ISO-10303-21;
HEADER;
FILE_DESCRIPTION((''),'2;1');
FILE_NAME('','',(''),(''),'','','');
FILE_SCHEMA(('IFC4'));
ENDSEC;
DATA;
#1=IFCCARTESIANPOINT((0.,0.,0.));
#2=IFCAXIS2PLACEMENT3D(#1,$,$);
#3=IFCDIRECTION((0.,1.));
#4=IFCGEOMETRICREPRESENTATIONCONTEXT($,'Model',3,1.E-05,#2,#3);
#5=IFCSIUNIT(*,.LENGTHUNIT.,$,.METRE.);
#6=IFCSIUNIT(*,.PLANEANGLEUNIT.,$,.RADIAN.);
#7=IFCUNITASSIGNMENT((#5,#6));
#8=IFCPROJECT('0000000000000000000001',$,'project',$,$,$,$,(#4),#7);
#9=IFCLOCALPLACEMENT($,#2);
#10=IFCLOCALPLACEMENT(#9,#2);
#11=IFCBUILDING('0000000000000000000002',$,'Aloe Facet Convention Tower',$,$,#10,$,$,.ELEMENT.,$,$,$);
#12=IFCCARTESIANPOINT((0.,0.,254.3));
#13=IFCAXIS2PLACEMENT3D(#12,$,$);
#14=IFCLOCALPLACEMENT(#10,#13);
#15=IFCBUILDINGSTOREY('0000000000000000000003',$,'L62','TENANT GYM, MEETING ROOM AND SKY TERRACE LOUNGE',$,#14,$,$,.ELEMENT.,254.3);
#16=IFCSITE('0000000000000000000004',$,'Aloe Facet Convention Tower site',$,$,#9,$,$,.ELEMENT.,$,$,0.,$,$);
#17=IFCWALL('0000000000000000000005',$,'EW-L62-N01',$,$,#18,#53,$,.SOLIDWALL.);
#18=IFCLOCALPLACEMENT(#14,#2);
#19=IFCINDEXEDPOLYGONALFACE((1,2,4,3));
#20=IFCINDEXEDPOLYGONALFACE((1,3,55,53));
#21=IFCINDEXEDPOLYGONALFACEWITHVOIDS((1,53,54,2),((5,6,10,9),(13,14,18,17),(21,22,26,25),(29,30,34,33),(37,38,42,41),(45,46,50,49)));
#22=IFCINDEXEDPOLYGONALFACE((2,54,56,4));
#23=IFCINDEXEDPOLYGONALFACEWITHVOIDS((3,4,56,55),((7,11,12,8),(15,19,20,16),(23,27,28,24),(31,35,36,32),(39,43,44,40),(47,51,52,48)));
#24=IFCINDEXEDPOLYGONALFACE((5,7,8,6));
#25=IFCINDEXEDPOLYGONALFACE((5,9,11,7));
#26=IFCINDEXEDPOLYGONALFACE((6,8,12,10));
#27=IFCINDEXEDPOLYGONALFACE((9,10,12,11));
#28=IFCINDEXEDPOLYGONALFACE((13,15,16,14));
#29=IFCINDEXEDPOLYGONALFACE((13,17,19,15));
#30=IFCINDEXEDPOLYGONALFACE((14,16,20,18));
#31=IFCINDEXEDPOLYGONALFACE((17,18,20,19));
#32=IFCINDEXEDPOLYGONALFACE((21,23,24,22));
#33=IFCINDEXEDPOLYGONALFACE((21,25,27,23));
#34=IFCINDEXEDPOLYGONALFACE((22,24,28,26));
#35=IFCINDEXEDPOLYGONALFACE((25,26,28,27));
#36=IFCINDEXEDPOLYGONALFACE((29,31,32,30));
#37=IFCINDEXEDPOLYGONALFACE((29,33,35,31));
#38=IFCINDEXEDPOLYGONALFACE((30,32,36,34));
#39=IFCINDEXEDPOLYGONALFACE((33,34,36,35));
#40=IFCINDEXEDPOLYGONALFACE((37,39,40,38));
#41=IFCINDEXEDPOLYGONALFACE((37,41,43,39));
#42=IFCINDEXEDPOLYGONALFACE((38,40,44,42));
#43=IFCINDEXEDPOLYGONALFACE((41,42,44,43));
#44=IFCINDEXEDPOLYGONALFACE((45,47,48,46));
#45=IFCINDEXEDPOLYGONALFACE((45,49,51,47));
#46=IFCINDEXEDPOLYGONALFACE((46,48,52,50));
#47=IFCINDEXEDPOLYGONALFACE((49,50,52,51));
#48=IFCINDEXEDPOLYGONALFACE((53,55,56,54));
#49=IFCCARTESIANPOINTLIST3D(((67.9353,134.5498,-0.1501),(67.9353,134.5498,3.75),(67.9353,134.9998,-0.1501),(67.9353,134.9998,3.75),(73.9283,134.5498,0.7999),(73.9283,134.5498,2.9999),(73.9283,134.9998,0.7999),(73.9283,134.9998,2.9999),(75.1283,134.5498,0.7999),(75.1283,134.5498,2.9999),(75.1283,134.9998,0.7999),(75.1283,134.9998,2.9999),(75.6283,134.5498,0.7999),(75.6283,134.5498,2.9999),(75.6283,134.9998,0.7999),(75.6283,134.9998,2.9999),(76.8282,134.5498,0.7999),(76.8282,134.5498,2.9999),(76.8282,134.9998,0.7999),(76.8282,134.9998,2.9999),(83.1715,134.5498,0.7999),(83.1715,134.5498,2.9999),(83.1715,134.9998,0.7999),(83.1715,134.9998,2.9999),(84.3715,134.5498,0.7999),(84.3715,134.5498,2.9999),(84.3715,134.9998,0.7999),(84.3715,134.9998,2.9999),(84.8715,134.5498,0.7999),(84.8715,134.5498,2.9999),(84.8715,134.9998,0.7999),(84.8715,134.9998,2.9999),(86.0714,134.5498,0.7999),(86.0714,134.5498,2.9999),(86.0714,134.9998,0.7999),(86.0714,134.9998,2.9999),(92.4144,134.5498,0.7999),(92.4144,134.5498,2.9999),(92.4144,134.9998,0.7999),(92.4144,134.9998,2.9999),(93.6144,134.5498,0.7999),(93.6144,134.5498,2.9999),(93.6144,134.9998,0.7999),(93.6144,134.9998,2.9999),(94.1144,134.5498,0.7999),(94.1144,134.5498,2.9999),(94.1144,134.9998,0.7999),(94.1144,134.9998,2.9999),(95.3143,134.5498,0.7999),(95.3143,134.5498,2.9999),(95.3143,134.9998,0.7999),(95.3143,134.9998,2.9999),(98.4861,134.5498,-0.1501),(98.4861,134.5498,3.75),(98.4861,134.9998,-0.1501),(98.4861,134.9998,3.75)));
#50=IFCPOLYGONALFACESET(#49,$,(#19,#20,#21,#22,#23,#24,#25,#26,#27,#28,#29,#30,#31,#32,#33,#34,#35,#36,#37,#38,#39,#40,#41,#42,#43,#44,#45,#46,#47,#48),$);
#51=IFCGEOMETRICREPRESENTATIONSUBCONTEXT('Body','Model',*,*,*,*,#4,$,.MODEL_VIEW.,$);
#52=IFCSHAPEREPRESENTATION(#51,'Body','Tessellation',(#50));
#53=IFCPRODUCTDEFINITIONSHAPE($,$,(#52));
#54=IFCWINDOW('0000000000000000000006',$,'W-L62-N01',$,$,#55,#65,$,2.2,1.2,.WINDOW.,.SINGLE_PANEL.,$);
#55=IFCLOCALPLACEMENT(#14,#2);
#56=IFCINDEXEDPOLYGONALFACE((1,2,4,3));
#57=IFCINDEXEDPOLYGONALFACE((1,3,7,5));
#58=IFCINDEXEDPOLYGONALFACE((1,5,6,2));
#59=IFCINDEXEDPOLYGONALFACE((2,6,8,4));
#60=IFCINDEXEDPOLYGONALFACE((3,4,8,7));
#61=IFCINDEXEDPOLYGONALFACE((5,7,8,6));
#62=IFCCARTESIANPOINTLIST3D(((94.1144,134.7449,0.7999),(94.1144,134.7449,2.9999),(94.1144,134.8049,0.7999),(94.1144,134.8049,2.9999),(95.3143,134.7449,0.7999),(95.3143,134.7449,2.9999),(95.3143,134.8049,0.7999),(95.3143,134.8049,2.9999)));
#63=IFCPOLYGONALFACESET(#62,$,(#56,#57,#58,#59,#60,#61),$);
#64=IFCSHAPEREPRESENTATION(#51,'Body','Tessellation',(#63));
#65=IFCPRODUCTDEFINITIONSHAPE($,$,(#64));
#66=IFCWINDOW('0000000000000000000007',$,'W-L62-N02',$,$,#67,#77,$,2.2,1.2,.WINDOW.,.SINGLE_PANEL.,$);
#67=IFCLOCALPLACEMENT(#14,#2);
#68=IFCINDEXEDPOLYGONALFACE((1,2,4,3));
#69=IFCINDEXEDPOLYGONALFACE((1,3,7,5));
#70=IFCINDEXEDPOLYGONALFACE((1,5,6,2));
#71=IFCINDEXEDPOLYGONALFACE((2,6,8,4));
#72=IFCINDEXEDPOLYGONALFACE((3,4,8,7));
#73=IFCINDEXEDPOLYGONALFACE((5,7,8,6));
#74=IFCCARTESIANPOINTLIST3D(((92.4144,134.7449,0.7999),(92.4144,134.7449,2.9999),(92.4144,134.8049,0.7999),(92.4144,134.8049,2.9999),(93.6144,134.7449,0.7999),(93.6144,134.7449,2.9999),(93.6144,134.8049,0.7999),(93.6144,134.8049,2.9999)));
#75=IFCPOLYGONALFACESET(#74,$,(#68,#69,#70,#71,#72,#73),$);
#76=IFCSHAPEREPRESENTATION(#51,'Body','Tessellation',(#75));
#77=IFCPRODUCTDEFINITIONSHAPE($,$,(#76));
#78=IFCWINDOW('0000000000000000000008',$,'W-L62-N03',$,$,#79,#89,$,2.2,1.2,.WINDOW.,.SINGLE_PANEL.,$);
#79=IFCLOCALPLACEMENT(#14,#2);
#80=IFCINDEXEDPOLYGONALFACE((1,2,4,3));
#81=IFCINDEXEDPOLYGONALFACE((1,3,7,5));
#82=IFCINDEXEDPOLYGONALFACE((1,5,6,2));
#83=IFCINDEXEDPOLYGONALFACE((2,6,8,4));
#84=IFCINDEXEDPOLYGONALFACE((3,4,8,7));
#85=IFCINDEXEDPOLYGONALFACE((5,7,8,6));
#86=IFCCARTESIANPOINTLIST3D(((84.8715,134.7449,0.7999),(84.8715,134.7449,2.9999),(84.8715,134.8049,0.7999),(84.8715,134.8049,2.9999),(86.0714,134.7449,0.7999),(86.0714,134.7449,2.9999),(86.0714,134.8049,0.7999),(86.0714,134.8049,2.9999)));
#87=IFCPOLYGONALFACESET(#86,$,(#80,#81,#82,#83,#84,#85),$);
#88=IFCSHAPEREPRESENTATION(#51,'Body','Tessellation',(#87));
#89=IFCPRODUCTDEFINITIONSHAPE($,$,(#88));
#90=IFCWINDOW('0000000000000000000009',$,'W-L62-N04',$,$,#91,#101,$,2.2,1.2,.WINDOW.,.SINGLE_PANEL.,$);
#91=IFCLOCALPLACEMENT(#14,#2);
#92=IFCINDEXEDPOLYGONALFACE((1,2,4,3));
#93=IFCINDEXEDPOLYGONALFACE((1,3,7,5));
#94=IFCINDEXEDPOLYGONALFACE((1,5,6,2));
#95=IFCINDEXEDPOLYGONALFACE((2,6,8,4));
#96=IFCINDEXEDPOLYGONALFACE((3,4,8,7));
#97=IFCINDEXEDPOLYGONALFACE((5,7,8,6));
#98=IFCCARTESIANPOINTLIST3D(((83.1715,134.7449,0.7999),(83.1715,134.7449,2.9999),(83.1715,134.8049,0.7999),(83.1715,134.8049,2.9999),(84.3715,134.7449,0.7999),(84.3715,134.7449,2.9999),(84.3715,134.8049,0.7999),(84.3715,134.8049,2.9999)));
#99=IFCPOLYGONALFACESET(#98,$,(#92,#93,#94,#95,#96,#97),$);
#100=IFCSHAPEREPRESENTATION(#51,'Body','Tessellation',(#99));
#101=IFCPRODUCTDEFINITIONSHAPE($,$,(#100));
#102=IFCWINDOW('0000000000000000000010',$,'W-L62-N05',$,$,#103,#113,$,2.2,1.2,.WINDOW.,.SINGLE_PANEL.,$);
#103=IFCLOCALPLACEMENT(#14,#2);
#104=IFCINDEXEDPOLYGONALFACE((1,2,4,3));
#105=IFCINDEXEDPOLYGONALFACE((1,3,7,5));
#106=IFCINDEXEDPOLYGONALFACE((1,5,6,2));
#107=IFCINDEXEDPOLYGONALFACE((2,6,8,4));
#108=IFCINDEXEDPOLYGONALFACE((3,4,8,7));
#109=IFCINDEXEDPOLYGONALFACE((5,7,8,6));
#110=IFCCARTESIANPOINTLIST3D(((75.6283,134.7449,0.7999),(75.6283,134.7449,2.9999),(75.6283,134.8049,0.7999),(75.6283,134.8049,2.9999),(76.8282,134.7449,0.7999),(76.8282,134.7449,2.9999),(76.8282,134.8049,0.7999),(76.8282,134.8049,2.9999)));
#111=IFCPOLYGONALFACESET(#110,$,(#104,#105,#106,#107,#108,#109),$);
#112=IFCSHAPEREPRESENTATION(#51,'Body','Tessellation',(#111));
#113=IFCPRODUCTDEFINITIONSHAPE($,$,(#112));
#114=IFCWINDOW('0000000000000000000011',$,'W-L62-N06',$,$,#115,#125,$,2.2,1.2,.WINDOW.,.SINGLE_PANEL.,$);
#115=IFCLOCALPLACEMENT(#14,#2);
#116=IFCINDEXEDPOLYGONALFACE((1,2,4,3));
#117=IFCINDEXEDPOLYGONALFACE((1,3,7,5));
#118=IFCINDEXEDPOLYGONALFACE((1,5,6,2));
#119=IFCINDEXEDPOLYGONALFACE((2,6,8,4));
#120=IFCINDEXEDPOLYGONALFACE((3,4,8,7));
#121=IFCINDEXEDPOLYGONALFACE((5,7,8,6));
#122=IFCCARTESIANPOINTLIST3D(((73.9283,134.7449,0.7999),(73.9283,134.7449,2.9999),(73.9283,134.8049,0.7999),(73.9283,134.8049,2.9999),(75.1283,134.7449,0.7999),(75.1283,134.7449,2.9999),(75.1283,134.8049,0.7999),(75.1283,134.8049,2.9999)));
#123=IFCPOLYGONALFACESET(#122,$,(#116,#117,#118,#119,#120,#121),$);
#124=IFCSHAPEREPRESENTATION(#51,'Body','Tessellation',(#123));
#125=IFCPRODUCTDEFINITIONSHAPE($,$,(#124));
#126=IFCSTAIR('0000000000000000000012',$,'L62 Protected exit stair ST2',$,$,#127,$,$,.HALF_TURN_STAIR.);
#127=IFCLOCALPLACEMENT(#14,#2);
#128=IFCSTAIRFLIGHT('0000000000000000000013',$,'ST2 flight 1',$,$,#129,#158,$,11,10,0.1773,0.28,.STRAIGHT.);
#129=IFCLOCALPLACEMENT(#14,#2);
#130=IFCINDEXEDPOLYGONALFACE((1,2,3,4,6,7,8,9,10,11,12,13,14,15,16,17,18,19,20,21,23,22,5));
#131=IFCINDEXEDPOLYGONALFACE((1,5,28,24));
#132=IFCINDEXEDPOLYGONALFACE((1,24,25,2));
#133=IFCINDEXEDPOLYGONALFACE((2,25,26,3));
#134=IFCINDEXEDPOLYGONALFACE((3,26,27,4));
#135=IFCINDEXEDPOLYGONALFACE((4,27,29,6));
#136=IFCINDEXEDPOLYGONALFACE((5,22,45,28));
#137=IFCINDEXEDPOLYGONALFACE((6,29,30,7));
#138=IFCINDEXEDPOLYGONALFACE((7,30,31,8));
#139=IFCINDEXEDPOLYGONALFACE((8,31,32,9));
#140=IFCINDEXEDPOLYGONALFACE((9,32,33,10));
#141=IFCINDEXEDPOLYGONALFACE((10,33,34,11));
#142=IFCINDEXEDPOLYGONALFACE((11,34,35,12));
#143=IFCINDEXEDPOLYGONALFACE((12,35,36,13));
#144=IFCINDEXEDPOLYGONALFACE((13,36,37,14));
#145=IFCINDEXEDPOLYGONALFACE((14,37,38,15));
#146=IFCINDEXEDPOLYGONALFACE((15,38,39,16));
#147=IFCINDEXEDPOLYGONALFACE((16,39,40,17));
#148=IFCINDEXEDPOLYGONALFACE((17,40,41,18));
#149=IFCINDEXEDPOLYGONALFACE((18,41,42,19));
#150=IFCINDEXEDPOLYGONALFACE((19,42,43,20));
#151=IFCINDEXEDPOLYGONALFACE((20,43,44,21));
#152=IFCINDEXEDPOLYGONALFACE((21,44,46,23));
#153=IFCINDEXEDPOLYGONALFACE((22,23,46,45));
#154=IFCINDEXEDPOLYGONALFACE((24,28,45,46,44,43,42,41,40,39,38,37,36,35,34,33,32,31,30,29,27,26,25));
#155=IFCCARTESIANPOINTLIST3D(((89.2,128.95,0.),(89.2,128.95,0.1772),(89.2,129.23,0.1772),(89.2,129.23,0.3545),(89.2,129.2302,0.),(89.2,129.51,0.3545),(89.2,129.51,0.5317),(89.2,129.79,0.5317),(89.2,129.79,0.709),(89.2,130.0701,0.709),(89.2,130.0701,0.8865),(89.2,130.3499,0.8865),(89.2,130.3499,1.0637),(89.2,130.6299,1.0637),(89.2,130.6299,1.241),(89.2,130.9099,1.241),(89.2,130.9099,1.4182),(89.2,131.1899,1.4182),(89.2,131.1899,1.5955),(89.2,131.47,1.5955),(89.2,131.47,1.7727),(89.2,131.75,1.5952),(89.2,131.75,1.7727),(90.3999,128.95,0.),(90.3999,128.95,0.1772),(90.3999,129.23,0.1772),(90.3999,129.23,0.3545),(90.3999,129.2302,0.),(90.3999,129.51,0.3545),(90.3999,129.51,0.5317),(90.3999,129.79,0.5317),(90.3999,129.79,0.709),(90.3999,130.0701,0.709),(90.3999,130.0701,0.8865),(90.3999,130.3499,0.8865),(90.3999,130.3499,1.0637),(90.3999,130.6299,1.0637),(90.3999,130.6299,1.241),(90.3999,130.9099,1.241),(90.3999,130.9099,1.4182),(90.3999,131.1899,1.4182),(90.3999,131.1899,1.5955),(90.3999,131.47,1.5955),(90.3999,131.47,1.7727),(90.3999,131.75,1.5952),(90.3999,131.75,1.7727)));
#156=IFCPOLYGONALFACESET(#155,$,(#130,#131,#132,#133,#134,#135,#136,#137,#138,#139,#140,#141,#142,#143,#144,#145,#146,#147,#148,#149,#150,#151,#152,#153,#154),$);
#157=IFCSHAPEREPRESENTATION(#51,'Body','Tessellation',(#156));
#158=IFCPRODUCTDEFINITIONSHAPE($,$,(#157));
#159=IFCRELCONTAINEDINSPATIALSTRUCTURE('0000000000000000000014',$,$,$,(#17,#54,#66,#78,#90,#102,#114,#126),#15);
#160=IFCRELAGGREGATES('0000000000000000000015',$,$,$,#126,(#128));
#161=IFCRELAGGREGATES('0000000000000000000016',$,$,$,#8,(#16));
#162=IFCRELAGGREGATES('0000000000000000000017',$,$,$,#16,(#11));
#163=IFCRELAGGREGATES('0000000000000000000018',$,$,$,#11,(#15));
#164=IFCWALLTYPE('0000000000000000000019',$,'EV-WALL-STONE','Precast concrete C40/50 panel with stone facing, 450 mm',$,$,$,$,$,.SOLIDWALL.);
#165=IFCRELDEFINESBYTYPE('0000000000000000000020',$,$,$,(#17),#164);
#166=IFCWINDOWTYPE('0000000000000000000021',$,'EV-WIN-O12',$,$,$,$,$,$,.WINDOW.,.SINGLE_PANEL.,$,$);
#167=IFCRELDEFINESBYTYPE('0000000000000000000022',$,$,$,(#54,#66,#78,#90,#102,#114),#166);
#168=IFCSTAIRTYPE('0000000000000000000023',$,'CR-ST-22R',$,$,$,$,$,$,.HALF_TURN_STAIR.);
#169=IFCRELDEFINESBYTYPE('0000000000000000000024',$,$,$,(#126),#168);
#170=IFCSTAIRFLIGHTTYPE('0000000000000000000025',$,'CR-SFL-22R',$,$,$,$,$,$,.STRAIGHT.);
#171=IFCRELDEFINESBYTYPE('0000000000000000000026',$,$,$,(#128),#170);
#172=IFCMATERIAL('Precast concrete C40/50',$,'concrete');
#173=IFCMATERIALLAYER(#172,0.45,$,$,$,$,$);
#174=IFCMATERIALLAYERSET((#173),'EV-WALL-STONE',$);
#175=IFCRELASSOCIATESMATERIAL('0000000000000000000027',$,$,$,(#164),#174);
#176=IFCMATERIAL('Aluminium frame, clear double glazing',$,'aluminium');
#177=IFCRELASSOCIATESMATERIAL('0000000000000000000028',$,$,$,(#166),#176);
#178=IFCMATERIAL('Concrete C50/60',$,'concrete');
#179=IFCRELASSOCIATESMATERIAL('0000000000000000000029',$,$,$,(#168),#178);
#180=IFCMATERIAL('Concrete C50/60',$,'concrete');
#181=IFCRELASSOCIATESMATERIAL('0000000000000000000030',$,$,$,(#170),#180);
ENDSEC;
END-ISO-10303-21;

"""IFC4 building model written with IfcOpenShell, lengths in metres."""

from ifc_helpers import new_model, si_unit, direction, frame, frame_2d, origin, place, context, subcontext, project, spatial, polyline, rectangle, outline, extrude, material, layer, layer_set, type_object, element, fill, aggregate, save


model = new_model("IFC4")

# Units and contexts
model_context = context("Model", 3, precision=1e-05, world=origin(), true_north=direction((0.0, 1.0)))
body_context = subcontext(model_context, "Body", "Model", "MODEL_VIEW")
ifc_project = project(units=[si_unit("LENGTHUNIT", "METRE"), si_unit("PLANEANGLEUNIT", "RADIAN")], contexts=[model_context])

# Site, building, storey
site_placement = place(None, origin())
site = spatial("IfcSite", under=ifc_project, at=site_placement, Name="Aloe Facet Convention Tower site", CompositionType="ELEMENT", RefElevation=0.0)
building_placement = place(site_placement, origin())
building = spatial("IfcBuilding", under=site, at=building_placement, Name="Aloe Facet Convention Tower", CompositionType="ELEMENT")
storey_placement = place(building_placement, frame((0.0, 0.0, 254.3)))
storey = spatial("IfcBuildingStorey", under=building, at=storey_placement, Name="L62", Description="TENANT GYM, MEETING ROOM AND SKY TERRACE LOUNGE", CompositionType="ELEMENT", Elevation=254.3)

# Wall, openings, windows
ifc_material_1 = material(Name="Precast concrete C40/50", Category="concrete")
ifc_layer_1 = layer(ifc_material_1, 0.45)
ifc_layer_set_1 = layer_set([ifc_layer_1], Name="EV-WALL-STONE")
wall_type_1 = type_object("IfcWallType", Name="EV-WALL-STONE", Description="Precast concrete C40/50 panel with stone facing, 450 mm", PredefinedType="SOLIDWALL", material=ifc_layer_set_1)
wall_1_placement = place(storey_placement, frame((98.4861, 134.7749, -0.1501), z_axis=(0.0, 0.0, 1.0), x_axis=(-1.0, 0.0, 0.0)))
wall_1 = element("IfcWall", 1, at=wall_1_placement, inside=storey, type_object=wall_type_1, Name="EW-L62-N01", PredefinedType="SOLIDWALL", context=body_context, shape_type="SweptSolid", body=[
    extrude(outline(polyline([(0.0, 0.0), (0.0, 3.9001), (30.5508, 3.9001), (30.5508, 0.0), (0.0, 0.0)])), frame((0.0, 0.2251, 0.0), z_axis=(0.0, -1.0, 0.0), x_axis=(1.0, 0.0, 0.0)), (0.0, 0.0, 1.0), 0.45),
])
opening_1_placement = place(wall_1_placement, frame((3.1716, 0.0, 0.95)))
opening_1 = element("IfcOpeningElement", 2, at=opening_1_placement, cuts=wall_1, PredefinedType="OPENING", context=body_context, shape_type="SweptSolid", body=[
    extrude(rectangle(XDim=1.2, YDim=2.2, at=frame_2d((0.6001, 1.1001))), frame((0.0, 0.2349, 0.0), z_axis=(0.0, -1.0, 0.0), x_axis=(1.0, 0.0, 0.0)), (0.0, 0.0, 1.0), 0.47),
])
opening_2_placement = place(wall_1_placement, frame((4.8716, 0.0, 0.95)))
opening_2 = element("IfcOpeningElement", 3, at=opening_2_placement, cuts=wall_1, PredefinedType="OPENING", context=body_context, shape_type="SweptSolid", body=[
    extrude(rectangle(XDim=1.2, YDim=2.2, at=frame_2d((0.6001, 1.1001))), frame((0.0, 0.2349, 0.0), z_axis=(0.0, -1.0, 0.0), x_axis=(1.0, 0.0, 0.0)), (0.0, 0.0, 1.0), 0.47),
])
opening_3_placement = place(wall_1_placement, frame((12.4146, 0.0, 0.95)))
opening_3 = element("IfcOpeningElement", 4, at=opening_3_placement, cuts=wall_1, PredefinedType="OPENING", context=body_context, shape_type="SweptSolid", body=[
    extrude(rectangle(XDim=1.2, YDim=2.2, at=frame_2d((0.6001, 1.1001))), frame((0.0, 0.2349, 0.0), z_axis=(0.0, -1.0, 0.0), x_axis=(1.0, 0.0, 0.0)), (0.0, 0.0, 1.0), 0.47),
])
opening_4_placement = place(wall_1_placement, frame((14.1145, 0.0, 0.95)))
opening_4 = element("IfcOpeningElement", 5, at=opening_4_placement, cuts=wall_1, PredefinedType="OPENING", context=body_context, shape_type="SweptSolid", body=[
    extrude(rectangle(XDim=1.2, YDim=2.2, at=frame_2d((0.6001, 1.1001))), frame((0.0, 0.2349, 0.0), z_axis=(0.0, -1.0, 0.0), x_axis=(1.0, 0.0, 0.0)), (0.0, 0.0, 1.0), 0.47),
])
opening_5_placement = place(wall_1_placement, frame((21.6577, 0.0, 0.95)))
opening_5 = element("IfcOpeningElement", 6, at=opening_5_placement, cuts=wall_1, PredefinedType="OPENING", context=body_context, shape_type="SweptSolid", body=[
    extrude(rectangle(XDim=1.2, YDim=2.2, at=frame_2d((0.6001, 1.1001))), frame((0.0, 0.2349, 0.0), z_axis=(0.0, -1.0, 0.0), x_axis=(1.0, 0.0, 0.0)), (0.0, 0.0, 1.0), 0.47),
])
opening_6_placement = place(wall_1_placement, frame((23.3577, 0.0, 0.95)))
opening_6 = element("IfcOpeningElement", 7, at=opening_6_placement, cuts=wall_1, PredefinedType="OPENING", context=body_context, shape_type="SweptSolid", body=[
    extrude(rectangle(XDim=1.2, YDim=2.2, at=frame_2d((0.6001, 1.1001))), frame((0.0, 0.2349, 0.0), z_axis=(0.0, -1.0, 0.0), x_axis=(1.0, 0.0, 0.0)), (0.0, 0.0, 1.0), 0.47),
])
ifc_material_2 = material(Name="Aluminium frame, clear double glazing", Category="aluminium")
window_type = type_object("IfcWindowType", Name="EV-WIN-O12", PartitioningType="SINGLE_PANEL", PredefinedType="WINDOW", material=ifc_material_2)
window_1_placement = place(opening_1_placement, origin())
window_1 = element("IfcWindow", 8, at=window_1_placement, inside=storey, type_object=window_type, Name="W-L62-N01", OverallHeight=2.2, OverallWidth=1.2, PartitioningType="SINGLE_PANEL", PredefinedType="WINDOW", context=body_context, shape_type="SweptSolid", body=[
    extrude(rectangle(XDim=1.2, YDim=2.2, at=frame_2d((0.6001, 1.1001))), frame((0.0, 0.03, 0.0), z_axis=(0.0, -1.0, 0.0), x_axis=(1.0, 0.0, 0.0)), (0.0, 0.0, 1.0), 0.0601),
])
fill(opening_1, window_1)
window_2_placement = place(opening_2_placement, origin())
window_2 = element("IfcWindow", 9, at=window_2_placement, inside=storey, type_object=window_type, Name="W-L62-N02", OverallHeight=2.2, OverallWidth=1.2, PartitioningType="SINGLE_PANEL", PredefinedType="WINDOW", context=body_context, shape_type="SweptSolid", body=[
    extrude(rectangle(XDim=1.2, YDim=2.2, at=frame_2d((0.6001, 1.1001))), frame((0.0, 0.03, 0.0), z_axis=(0.0, -1.0, 0.0), x_axis=(1.0, 0.0, 0.0)), (0.0, 0.0, 1.0), 0.0601),
])
fill(opening_2, window_2)
window_3_placement = place(opening_3_placement, origin())
window_3 = element("IfcWindow", 10, at=window_3_placement, inside=storey, type_object=window_type, Name="W-L62-N03", OverallHeight=2.2, OverallWidth=1.2, PartitioningType="SINGLE_PANEL", PredefinedType="WINDOW", context=body_context, shape_type="SweptSolid", body=[
    extrude(rectangle(XDim=1.2, YDim=2.2, at=frame_2d((0.6001, 1.1001))), frame((0.0, 0.03, 0.0), z_axis=(0.0, -1.0, 0.0), x_axis=(1.0, 0.0, 0.0)), (0.0, 0.0, 1.0), 0.0601),
])
fill(opening_3, window_3)
window_4_placement = place(opening_4_placement, origin())
window_4 = element("IfcWindow", 11, at=window_4_placement, inside=storey, type_object=window_type, Name="W-L62-N04", OverallHeight=2.2, OverallWidth=1.2, PartitioningType="SINGLE_PANEL", PredefinedType="WINDOW", context=body_context, shape_type="SweptSolid", body=[
    extrude(rectangle(XDim=1.2, YDim=2.2, at=frame_2d((0.6001, 1.1001))), frame((0.0, 0.03, 0.0), z_axis=(0.0, -1.0, 0.0), x_axis=(1.0, 0.0, 0.0)), (0.0, 0.0, 1.0), 0.0601),
])
fill(opening_4, window_4)
window_5_placement = place(opening_5_placement, origin())
window_5 = element("IfcWindow", 12, at=window_5_placement, inside=storey, type_object=window_type, Name="W-L62-N05", OverallHeight=2.2, OverallWidth=1.2, PartitioningType="SINGLE_PANEL", PredefinedType="WINDOW", context=body_context, shape_type="SweptSolid", body=[
    extrude(rectangle(XDim=1.2, YDim=2.2, at=frame_2d((0.6001, 1.1001))), frame((0.0, 0.03, 0.0), z_axis=(0.0, -1.0, 0.0), x_axis=(1.0, 0.0, 0.0)), (0.0, 0.0, 1.0), 0.0601),
])
fill(opening_5, window_5)
window_6_placement = place(opening_6_placement, origin())
window_6 = element("IfcWindow", 13, at=window_6_placement, inside=storey, type_object=window_type, Name="W-L62-N06", OverallHeight=2.2, OverallWidth=1.2, PartitioningType="SINGLE_PANEL", PredefinedType="WINDOW", context=body_context, shape_type="SweptSolid", body=[
    extrude(rectangle(XDim=1.2, YDim=2.2, at=frame_2d((0.6001, 1.1001))), frame((0.0, 0.03, 0.0), z_axis=(0.0, -1.0, 0.0), x_axis=(1.0, 0.0, 0.0)), (0.0, 0.0, 1.0), 0.0601),
])
fill(opening_6, window_6)

# Stair, stair flight
ifc_material_3 = material(Name="Concrete C50/60", Category="concrete")
stair_type = type_object("IfcStairType", Name="CR-ST-22R", PredefinedType="HALF_TURN_STAIR", material=ifc_material_3)
stair_placement = place(storey_placement, origin())
stair = element("IfcStair", 14, at=stair_placement, inside=storey, type_object=stair_type, Name="L62 Protected exit stair ST2", PredefinedType="HALF_TURN_STAIR")
ifc_material_4 = material(Name="Concrete C50/60", Category="concrete")
stair_flight_type = type_object("IfcStairFlightType", Name="CR-SFL-22R", PredefinedType="STRAIGHT", material=ifc_material_4)
stair_flight_placement = place(storey_placement, frame((89.8, 128.95, 0.0), z_axis=(0.0, 0.0, 1.0), x_axis=(0.0, 1.0, 0.0)))
stair_flight = element("IfcStairFlight", 15, at=stair_flight_placement, type_object=stair_flight_type, Name="ST2 flight 1", NumberOfRisers=11, NumberOfTreads=10, PredefinedType="STRAIGHT", RiserHeight=0.1773, TreadLength=0.28, context=body_context, shape_type="SweptSolid", body=[
    extrude(outline(polyline([(0.0, 0.0), (0.0, 0.1772), (0.28, 0.1772), (0.28, 0.3545), (0.5601, 0.3545), (0.5601, 0.5317), (0.8401, 0.5317), (0.8401, 0.709), (1.1201, 0.709), (1.1201, 0.8865), (1.3999, 0.8865), (1.3999, 1.0637), (1.6799, 1.0637), (1.6799, 1.241), (1.96, 1.241), (1.96, 1.4182), (2.24, 1.4182), (2.24, 1.5955), (2.52, 1.5955), (2.52, 1.7727), (2.8, 1.7727), (2.8, 1.95), (2.8, 1.5952), (0.2803, 0.0), (0.0, 0.0)])), frame((0.0, 0.6001, 0.0), z_axis=(0.0, -1.0, 0.0), x_axis=(1.0, 0.0, 0.0)), (0.0, 0.0, 1.0), 1.2),
])
aggregate(stair, [stair_flight])

save(model, "model.ifc")
